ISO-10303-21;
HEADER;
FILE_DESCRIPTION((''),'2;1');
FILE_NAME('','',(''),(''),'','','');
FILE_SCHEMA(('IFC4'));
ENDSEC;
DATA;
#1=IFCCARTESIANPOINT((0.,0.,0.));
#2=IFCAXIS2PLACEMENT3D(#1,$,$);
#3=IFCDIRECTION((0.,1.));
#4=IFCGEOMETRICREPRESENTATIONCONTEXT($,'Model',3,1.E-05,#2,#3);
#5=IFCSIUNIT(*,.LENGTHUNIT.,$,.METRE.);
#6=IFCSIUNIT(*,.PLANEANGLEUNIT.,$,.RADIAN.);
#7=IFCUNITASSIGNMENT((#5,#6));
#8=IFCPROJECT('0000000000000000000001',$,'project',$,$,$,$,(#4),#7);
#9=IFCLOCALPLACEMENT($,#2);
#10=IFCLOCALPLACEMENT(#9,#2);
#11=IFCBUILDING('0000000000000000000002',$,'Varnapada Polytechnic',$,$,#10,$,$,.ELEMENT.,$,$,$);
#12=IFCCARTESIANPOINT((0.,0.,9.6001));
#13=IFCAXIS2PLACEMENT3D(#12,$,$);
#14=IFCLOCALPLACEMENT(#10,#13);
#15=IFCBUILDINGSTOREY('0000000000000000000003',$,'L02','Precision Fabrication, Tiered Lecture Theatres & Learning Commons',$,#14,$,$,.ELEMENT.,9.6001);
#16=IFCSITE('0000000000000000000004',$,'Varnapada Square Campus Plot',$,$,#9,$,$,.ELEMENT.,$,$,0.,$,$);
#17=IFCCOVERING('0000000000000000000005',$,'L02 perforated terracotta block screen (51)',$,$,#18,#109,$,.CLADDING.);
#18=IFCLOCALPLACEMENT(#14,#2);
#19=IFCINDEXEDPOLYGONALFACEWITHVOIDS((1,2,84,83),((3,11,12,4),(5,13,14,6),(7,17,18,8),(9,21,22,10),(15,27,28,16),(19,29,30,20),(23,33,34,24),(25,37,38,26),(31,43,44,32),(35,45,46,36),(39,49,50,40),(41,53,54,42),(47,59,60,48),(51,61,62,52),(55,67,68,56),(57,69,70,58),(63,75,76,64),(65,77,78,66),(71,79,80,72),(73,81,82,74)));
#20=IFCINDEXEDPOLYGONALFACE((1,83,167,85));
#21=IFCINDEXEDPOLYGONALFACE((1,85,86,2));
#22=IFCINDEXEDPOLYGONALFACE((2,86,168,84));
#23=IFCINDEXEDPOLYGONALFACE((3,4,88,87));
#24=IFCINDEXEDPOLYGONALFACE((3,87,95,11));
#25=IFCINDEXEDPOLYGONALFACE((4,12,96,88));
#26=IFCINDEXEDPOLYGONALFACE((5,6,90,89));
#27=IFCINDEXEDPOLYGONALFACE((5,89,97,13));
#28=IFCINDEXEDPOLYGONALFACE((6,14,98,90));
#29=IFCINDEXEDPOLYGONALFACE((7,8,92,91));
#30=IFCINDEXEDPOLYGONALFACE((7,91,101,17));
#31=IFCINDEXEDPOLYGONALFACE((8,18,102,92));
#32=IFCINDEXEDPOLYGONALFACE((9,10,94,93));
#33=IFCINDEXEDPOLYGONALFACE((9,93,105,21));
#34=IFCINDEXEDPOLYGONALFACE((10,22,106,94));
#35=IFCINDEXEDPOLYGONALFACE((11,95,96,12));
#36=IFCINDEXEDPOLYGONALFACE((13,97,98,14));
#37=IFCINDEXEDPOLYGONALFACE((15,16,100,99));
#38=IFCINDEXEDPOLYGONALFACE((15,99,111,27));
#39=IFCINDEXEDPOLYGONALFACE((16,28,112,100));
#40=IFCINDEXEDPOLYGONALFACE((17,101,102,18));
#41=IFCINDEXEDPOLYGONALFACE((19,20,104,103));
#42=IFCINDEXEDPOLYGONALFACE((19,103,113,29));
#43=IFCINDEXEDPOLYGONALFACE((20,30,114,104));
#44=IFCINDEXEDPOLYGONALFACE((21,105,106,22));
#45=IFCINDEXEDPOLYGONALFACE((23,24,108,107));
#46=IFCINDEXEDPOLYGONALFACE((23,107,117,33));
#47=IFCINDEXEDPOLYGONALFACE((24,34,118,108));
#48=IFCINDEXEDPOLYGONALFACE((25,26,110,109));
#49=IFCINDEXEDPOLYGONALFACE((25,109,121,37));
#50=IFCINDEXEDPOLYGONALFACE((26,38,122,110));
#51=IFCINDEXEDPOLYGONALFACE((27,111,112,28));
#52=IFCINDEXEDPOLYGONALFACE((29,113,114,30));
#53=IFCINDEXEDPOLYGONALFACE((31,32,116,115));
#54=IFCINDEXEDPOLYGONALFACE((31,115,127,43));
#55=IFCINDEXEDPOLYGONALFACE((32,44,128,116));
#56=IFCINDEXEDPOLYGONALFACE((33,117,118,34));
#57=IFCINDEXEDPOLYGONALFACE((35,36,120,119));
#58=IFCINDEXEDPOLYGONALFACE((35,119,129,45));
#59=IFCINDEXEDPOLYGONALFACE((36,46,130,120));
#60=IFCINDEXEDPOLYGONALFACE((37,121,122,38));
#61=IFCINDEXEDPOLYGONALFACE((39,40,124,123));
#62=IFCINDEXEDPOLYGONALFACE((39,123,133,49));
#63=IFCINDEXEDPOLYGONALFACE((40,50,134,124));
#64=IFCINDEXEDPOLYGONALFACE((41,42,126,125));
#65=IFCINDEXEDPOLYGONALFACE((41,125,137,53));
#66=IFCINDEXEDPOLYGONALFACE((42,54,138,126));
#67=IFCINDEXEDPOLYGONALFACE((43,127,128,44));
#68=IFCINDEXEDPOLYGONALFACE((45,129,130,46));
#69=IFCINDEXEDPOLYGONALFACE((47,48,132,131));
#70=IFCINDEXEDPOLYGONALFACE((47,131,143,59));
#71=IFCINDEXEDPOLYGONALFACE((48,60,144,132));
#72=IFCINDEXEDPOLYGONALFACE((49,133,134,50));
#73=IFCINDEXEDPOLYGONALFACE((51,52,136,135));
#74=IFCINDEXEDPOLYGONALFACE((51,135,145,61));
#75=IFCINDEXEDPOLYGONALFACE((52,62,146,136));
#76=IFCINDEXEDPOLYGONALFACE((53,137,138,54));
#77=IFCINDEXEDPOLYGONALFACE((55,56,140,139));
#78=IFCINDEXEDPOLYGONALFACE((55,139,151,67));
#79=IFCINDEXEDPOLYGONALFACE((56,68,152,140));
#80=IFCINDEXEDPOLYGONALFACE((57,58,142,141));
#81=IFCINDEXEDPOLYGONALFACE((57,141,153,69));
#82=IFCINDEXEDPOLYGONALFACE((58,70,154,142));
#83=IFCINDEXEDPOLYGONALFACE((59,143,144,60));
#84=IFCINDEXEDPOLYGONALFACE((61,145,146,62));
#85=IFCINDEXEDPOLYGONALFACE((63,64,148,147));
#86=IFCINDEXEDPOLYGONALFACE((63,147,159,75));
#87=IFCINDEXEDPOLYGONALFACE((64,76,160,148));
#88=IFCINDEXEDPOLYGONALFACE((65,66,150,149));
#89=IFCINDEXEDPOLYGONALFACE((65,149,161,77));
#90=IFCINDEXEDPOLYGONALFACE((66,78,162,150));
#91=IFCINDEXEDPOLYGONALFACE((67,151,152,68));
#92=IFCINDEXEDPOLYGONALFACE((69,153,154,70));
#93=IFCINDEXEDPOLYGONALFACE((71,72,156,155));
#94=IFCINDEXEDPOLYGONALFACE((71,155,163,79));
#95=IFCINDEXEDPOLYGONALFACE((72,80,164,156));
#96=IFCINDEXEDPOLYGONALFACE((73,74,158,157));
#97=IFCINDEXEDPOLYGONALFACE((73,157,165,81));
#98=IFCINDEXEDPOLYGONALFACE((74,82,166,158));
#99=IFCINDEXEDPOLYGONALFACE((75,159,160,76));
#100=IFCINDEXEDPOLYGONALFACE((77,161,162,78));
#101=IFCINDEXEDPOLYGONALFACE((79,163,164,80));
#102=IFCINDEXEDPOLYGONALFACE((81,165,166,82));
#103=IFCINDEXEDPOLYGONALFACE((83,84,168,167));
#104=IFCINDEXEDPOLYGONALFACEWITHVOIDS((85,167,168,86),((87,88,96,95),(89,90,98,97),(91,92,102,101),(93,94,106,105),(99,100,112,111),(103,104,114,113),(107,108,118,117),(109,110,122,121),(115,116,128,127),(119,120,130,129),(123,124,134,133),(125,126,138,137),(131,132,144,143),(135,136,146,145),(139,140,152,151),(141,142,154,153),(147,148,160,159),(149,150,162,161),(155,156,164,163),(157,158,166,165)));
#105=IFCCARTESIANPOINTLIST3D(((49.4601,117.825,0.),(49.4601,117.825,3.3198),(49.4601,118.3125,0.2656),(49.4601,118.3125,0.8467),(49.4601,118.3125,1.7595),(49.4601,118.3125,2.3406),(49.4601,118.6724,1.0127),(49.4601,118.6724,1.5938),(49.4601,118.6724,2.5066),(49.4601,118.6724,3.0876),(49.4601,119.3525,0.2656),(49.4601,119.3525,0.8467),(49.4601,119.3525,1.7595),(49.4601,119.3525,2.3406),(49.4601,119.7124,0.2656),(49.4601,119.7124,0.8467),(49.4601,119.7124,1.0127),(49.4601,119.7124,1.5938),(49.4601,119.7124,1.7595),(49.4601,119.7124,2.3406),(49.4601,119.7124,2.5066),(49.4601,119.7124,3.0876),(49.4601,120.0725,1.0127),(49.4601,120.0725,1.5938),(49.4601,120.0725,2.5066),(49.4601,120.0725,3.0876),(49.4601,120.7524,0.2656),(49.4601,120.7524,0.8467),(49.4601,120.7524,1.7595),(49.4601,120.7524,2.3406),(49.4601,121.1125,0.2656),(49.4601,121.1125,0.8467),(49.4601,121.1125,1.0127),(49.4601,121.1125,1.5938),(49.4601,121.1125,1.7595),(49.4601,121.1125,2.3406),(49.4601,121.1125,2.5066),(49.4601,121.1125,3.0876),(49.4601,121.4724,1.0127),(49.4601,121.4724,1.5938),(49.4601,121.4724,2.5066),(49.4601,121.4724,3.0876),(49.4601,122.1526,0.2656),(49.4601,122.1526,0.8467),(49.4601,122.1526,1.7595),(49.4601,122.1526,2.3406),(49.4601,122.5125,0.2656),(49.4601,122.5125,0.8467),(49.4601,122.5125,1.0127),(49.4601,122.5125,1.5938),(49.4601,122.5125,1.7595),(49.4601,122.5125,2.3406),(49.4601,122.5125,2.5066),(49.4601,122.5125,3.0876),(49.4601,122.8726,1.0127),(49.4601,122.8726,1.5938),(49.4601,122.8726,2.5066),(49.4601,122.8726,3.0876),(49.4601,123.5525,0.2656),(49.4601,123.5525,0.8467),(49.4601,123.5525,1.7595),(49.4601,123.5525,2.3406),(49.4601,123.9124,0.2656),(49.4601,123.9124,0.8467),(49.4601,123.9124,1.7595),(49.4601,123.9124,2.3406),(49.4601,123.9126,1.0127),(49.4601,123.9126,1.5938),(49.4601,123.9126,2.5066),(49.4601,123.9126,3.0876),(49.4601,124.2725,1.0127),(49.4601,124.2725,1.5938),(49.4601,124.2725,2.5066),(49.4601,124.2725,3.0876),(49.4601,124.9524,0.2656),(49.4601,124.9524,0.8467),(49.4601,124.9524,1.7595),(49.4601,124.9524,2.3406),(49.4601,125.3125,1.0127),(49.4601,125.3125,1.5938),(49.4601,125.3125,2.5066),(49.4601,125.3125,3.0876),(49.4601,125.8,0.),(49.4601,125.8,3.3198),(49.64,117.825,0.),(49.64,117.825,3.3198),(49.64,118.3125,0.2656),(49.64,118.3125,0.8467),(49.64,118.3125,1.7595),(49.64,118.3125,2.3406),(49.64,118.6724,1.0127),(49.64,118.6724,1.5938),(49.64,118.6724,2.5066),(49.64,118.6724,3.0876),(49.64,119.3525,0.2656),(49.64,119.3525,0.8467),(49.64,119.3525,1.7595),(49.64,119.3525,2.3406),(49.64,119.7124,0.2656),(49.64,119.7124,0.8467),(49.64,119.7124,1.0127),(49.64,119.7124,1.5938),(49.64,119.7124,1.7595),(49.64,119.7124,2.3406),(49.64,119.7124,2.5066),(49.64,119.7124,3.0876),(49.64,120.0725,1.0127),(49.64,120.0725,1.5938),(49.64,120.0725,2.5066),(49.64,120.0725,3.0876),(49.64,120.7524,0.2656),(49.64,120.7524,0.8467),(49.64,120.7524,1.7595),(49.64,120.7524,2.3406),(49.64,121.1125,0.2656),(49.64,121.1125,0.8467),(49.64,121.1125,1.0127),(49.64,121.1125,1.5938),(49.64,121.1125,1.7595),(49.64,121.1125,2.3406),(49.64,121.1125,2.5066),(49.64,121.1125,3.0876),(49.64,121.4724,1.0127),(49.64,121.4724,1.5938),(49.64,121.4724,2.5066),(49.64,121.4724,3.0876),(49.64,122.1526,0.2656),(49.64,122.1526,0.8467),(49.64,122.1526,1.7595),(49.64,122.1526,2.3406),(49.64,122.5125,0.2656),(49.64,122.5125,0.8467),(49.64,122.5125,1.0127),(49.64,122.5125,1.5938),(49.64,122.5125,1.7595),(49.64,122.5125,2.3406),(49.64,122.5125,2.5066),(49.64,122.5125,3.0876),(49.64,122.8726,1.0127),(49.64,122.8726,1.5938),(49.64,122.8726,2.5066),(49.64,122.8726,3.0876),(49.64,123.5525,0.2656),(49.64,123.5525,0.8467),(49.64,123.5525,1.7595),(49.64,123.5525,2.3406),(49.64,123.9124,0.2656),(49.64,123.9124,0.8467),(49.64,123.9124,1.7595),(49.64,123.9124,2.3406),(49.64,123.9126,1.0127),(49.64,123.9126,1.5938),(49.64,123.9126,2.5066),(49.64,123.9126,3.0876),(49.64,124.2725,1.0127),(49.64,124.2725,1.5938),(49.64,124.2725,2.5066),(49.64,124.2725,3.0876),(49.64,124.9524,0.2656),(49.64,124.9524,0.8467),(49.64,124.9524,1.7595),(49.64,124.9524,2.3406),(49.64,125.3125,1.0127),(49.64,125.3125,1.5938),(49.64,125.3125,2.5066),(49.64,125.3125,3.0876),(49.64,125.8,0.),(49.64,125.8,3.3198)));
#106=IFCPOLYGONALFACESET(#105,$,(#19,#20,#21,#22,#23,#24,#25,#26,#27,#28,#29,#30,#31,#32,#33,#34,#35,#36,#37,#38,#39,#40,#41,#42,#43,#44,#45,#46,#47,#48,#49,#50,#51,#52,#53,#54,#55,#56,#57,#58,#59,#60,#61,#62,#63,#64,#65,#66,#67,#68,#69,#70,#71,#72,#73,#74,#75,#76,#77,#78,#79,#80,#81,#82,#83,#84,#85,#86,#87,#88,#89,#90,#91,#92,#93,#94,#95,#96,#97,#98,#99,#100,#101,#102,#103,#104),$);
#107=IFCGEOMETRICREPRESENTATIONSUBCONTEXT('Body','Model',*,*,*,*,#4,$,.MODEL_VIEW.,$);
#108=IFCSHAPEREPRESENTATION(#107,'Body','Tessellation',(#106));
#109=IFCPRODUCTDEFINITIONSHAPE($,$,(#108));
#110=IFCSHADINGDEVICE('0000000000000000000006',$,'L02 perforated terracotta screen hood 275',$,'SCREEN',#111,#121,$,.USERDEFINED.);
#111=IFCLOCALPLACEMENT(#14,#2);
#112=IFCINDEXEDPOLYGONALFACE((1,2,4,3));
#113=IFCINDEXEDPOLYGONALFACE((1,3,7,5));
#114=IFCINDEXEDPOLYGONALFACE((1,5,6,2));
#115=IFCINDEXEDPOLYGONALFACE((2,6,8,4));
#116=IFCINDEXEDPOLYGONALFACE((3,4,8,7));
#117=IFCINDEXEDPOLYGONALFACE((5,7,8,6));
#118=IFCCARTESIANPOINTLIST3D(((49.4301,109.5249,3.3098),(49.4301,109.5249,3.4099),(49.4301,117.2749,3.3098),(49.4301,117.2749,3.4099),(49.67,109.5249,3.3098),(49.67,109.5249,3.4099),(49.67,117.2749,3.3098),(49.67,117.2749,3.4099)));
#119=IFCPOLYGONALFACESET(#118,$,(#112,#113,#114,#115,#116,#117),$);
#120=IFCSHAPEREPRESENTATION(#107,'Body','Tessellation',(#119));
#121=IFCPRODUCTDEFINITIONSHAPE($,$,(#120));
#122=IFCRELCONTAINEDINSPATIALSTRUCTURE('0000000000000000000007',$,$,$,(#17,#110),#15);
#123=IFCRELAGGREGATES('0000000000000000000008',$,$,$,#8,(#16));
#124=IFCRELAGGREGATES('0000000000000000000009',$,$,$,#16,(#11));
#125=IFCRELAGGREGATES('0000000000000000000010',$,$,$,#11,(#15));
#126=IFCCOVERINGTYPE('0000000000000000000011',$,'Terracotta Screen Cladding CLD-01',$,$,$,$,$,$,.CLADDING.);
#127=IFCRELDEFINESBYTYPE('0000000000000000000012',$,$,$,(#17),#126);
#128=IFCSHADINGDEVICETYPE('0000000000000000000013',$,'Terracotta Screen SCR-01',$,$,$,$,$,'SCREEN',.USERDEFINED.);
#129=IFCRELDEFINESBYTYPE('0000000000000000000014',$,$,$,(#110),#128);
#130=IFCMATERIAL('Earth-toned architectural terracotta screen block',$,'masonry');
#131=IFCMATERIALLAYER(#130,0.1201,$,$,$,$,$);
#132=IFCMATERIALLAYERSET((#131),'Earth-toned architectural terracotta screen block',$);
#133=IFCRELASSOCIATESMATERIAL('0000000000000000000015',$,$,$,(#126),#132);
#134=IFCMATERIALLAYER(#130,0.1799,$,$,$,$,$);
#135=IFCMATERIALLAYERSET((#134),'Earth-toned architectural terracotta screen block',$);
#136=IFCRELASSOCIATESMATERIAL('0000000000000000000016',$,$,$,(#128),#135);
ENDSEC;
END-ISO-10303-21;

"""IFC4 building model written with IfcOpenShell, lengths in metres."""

from ifc_helpers import new_model, si_unit, direction, frame, frame_2d, origin, origin_2d, place, context, subcontext, project, spatial, rectangle, extrude, material, layer, layer_set, type_object, element, save


model = new_model("IFC4")

# Units and contexts
model_context = context("Model", 3, precision=1e-05, world=origin(), true_north=direction((0.0, 1.0)))
body_context = subcontext(model_context, "Body", "Model", "MODEL_VIEW")
ifc_project = project(units=[si_unit("LENGTHUNIT", "METRE"), si_unit("PLANEANGLEUNIT", "RADIAN")], contexts=[model_context])

# Site, building, storey
site_placement = place(None, origin())
site = spatial("IfcSite", under=ifc_project, at=site_placement, Name="Varnapada Square Campus Plot", CompositionType="ELEMENT", RefElevation=0.0)
building_placement = place(site_placement, origin())
building = spatial("IfcBuilding", under=site, at=building_placement, Name="Varnapada Polytechnic", CompositionType="ELEMENT")
storey_placement = place(building_placement, frame((0.0, 0.0, 9.6001)))
storey = spatial("IfcBuildingStorey", under=building, at=storey_placement, Name="L02", Description="Precision Fabrication, Tiered Lecture Theatres & Learning Commons", CompositionType="ELEMENT", Elevation=9.6001)

# Covering, openings
ifc_material_1 = material(Name="Earth-toned architectural terracotta screen block", Category="masonry")
ifc_layer_1 = layer(ifc_material_1, 0.1201)
ifc_layer_set_1 = layer_set([ifc_layer_1], Name="Earth-toned architectural terracotta screen block")
covering_type = type_object("IfcCoveringType", Name="Terracotta Screen Cladding CLD-01", PredefinedType="CLADDING", material=ifc_layer_set_1)
covering_placement = place(storey_placement, frame((49.55, 117.825, 0.0), z_axis=(0.0, 0.0, 1.0), x_axis=(0.0, 1.0, 0.0)))
covering = element("IfcCovering", 1, at=covering_placement, inside=storey, type_object=covering_type, Name="L02 perforated terracotta block screen (51)", PredefinedType="CLADDING", context=body_context, shape_type="SweptSolid", body=[
    extrude(rectangle(XDim=7.9751, YDim=0.1799, at=frame_2d((3.9875, 0.0))), origin(), (0.0, 0.0, 1.0), 3.3198),
])
opening_1_placement = place(covering_placement, frame((0.4875, 0.0, 0.2656)))
element("IfcOpeningElement", 2, at=opening_1_placement, cuts=covering, PredefinedType="OPENING", context=body_context, shape_type="SweptSolid", body=[
    extrude(rectangle(XDim=1.04, YDim=0.5811, at=frame_2d((0.52, 0.2905))), frame((0.0, 0.0999, 0.0), z_axis=(0.0, -1.0, 0.0), x_axis=(1.0, 0.0, 0.0)), (0.0, 0.0, 1.0), 0.2),
])
opening_2_placement = place(covering_placement, frame((1.8875, 0.0, 0.2656)))
element("IfcOpeningElement", 3, at=opening_2_placement, cuts=covering, PredefinedType="OPENING", context=body_context, shape_type="SweptSolid", body=[
    extrude(rectangle(XDim=1.04, YDim=0.5811, at=frame_2d((0.52, 0.2905))), frame((0.0, 0.0999, 0.0), z_axis=(0.0, -1.0, 0.0), x_axis=(1.0, 0.0, 0.0)), (0.0, 0.0, 1.0), 0.2),
])
opening_3_placement = place(covering_placement, frame((3.2876, 0.0, 0.2656)))
element("IfcOpeningElement", 4, at=opening_3_placement, cuts=covering, PredefinedType="OPENING", context=body_context, shape_type="SweptSolid", body=[
    extrude(rectangle(XDim=1.04, YDim=0.5811, at=frame_2d((0.52, 0.2905))), frame((0.0, 0.0999, 0.0), z_axis=(0.0, -1.0, 0.0), x_axis=(1.0, 0.0, 0.0)), (0.0, 0.0, 1.0), 0.2),
])
opening_4_placement = place(covering_placement, frame((4.6875, 0.0, 0.2656)))
element("IfcOpeningElement", 5, at=opening_4_placement, cuts=covering, PredefinedType="OPENING", context=body_context, shape_type="SweptSolid", body=[
    extrude(rectangle(XDim=1.04, YDim=0.5811, at=frame_2d((0.52, 0.2905))), frame((0.0, 0.0999, 0.0), z_axis=(0.0, -1.0, 0.0), x_axis=(1.0, 0.0, 0.0)), (0.0, 0.0, 1.0), 0.2),
])
opening_5_placement = place(covering_placement, frame((6.0874, 0.0, 0.2656)))
element("IfcOpeningElement", 6, at=opening_5_placement, cuts=covering, PredefinedType="OPENING", context=body_context, shape_type="SweptSolid", body=[
    extrude(rectangle(XDim=1.04, YDim=0.5811, at=frame_2d((0.52, 0.2905))), frame((0.0, 0.0999, 0.0), z_axis=(0.0, -1.0, 0.0), x_axis=(1.0, 0.0, 0.0)), (0.0, 0.0, 1.0), 0.2),
])
opening_6_placement = place(covering_placement, frame((0.8474, 0.0, 1.0127)))
element("IfcOpeningElement", 7, at=opening_6_placement, cuts=covering, PredefinedType="OPENING", context=body_context, shape_type="SweptSolid", body=[
    extrude(rectangle(XDim=1.04, YDim=0.5811, at=frame_2d((0.52, 0.2905))), frame((0.0, 0.0999, 0.0), z_axis=(0.0, -1.0, 0.0), x_axis=(1.0, 0.0, 0.0)), (0.0, 0.0, 1.0), 0.2),
])
opening_7_placement = place(covering_placement, frame((2.2476, 0.0, 1.0127)))
element("IfcOpeningElement", 8, at=opening_7_placement, cuts=covering, PredefinedType="OPENING", context=body_context, shape_type="SweptSolid", body=[
    extrude(rectangle(XDim=1.04, YDim=0.5811, at=frame_2d((0.52, 0.2905))), frame((0.0, 0.0999, 0.0), z_axis=(0.0, -1.0, 0.0), x_axis=(1.0, 0.0, 0.0)), (0.0, 0.0, 1.0), 0.2),
])
opening_8_placement = place(covering_placement, frame((3.6475, 0.0, 1.0127)))
element("IfcOpeningElement", 9, at=opening_8_placement, cuts=covering, PredefinedType="OPENING", context=body_context, shape_type="SweptSolid", body=[
    extrude(rectangle(XDim=1.04, YDim=0.5811, at=frame_2d((0.52, 0.2905))), frame((0.0, 0.0999, 0.0), z_axis=(0.0, -1.0, 0.0), x_axis=(1.0, 0.0, 0.0)), (0.0, 0.0, 1.0), 0.2),
])
opening_9_placement = place(covering_placement, frame((5.0476, 0.0, 1.0127)))
element("IfcOpeningElement", 10, at=opening_9_placement, cuts=covering, PredefinedType="OPENING", context=body_context, shape_type="SweptSolid", body=[
    extrude(rectangle(XDim=1.04, YDim=0.5811, at=frame_2d((0.52, 0.2905))), frame((0.0, 0.0999, 0.0), z_axis=(0.0, -1.0, 0.0), x_axis=(1.0, 0.0, 0.0)), (0.0, 0.0, 1.0), 0.2),
])
opening_10_placement = place(covering_placement, frame((6.4475, 0.0, 1.0127)))
element("IfcOpeningElement", 11, at=opening_10_placement, cuts=covering, PredefinedType="OPENING", context=body_context, shape_type="SweptSolid", body=[
    extrude(rectangle(XDim=1.04, YDim=0.5811, at=frame_2d((0.52, 0.2905))), frame((0.0, 0.0999, 0.0), z_axis=(0.0, -1.0, 0.0), x_axis=(1.0, 0.0, 0.0)), (0.0, 0.0, 1.0), 0.2),
])
opening_11_placement = place(covering_placement, frame((0.4875, 0.0, 1.7595)))
element("IfcOpeningElement", 12, at=opening_11_placement, cuts=covering, PredefinedType="OPENING", context=body_context, shape_type="SweptSolid", body=[
    extrude(rectangle(XDim=1.04, YDim=0.5811, at=frame_2d((0.52, 0.2905))), frame((0.0, 0.0999, 0.0), z_axis=(0.0, -1.0, 0.0), x_axis=(1.0, 0.0, 0.0)), (0.0, 0.0, 1.0), 0.2),
])
opening_12_placement = place(covering_placement, frame((1.8875, 0.0, 1.7595)))
element("IfcOpeningElement", 13, at=opening_12_placement, cuts=covering, PredefinedType="OPENING", context=body_context, shape_type="SweptSolid", body=[
    extrude(rectangle(XDim=1.04, YDim=0.5811, at=frame_2d((0.52, 0.2905))), frame((0.0, 0.0999, 0.0), z_axis=(0.0, -1.0, 0.0), x_axis=(1.0, 0.0, 0.0)), (0.0, 0.0, 1.0), 0.2),
])
opening_13_placement = place(covering_placement, frame((3.2876, 0.0, 1.7595)))
element("IfcOpeningElement", 14, at=opening_13_placement, cuts=covering, PredefinedType="OPENING", context=body_context, shape_type="SweptSolid", body=[
    extrude(rectangle(XDim=1.04, YDim=0.5811, at=frame_2d((0.52, 0.2905))), frame((0.0, 0.0999, 0.0), z_axis=(0.0, -1.0, 0.0), x_axis=(1.0, 0.0, 0.0)), (0.0, 0.0, 1.0), 0.2),
])
opening_14_placement = place(covering_placement, frame((4.6875, 0.0, 1.7595)))
element("IfcOpeningElement", 15, at=opening_14_placement, cuts=covering, PredefinedType="OPENING", context=body_context, shape_type="SweptSolid", body=[
    extrude(rectangle(XDim=1.04, YDim=0.5811, at=frame_2d((0.52, 0.2905))), frame((0.0, 0.0999, 0.0), z_axis=(0.0, -1.0, 0.0), x_axis=(1.0, 0.0, 0.0)), (0.0, 0.0, 1.0), 0.2),
])
opening_15_placement = place(covering_placement, frame((6.0874, 0.0, 1.7595)))
element("IfcOpeningElement", 16, at=opening_15_placement, cuts=covering, PredefinedType="OPENING", context=body_context, shape_type="SweptSolid", body=[
    extrude(rectangle(XDim=1.04, YDim=0.5811, at=frame_2d((0.52, 0.2905))), frame((0.0, 0.0999, 0.0), z_axis=(0.0, -1.0, 0.0), x_axis=(1.0, 0.0, 0.0)), (0.0, 0.0, 1.0), 0.2),
])
opening_16_placement = place(covering_placement, frame((0.8474, 0.0, 2.5066)))
element("IfcOpeningElement", 17, at=opening_16_placement, cuts=covering, PredefinedType="OPENING", context=body_context, shape_type="SweptSolid", body=[
    extrude(rectangle(XDim=1.04, YDim=0.5811, at=frame_2d((0.52, 0.2905))), frame((0.0, 0.0999, 0.0), z_axis=(0.0, -1.0, 0.0), x_axis=(1.0, 0.0, 0.0)), (0.0, 0.0, 1.0), 0.2),
])
opening_17_placement = place(covering_placement, frame((2.2476, 0.0, 2.5066)))
element("IfcOpeningElement", 18, at=opening_17_placement, cuts=covering, PredefinedType="OPENING", context=body_context, shape_type="SweptSolid", body=[
    extrude(rectangle(XDim=1.04, YDim=0.5811, at=frame_2d((0.52, 0.2905))), frame((0.0, 0.0999, 0.0), z_axis=(0.0, -1.0, 0.0), x_axis=(1.0, 0.0, 0.0)), (0.0, 0.0, 1.0), 0.2),
])
opening_18_placement = place(covering_placement, frame((3.6475, 0.0, 2.5066)))
element("IfcOpeningElement", 19, at=opening_18_placement, cuts=covering, PredefinedType="OPENING", context=body_context, shape_type="SweptSolid", body=[
    extrude(rectangle(XDim=1.04, YDim=0.5811, at=frame_2d((0.52, 0.2905))), frame((0.0, 0.0999, 0.0), z_axis=(0.0, -1.0, 0.0), x_axis=(1.0, 0.0, 0.0)), (0.0, 0.0, 1.0), 0.2),
])
opening_19_placement = place(covering_placement, frame((5.0476, 0.0, 2.5066)))
element("IfcOpeningElement", 20, at=opening_19_placement, cuts=covering, PredefinedType="OPENING", context=body_context, shape_type="SweptSolid", body=[
    extrude(rectangle(XDim=1.04, YDim=0.5811, at=frame_2d((0.52, 0.2905))), frame((0.0, 0.0999, 0.0), z_axis=(0.0, -1.0, 0.0), x_axis=(1.0, 0.0, 0.0)), (0.0, 0.0, 1.0), 0.2),
])
opening_20_placement = place(covering_placement, frame((6.4475, 0.0, 2.5066)))
element("IfcOpeningElement", 21, at=opening_20_placement, cuts=covering, PredefinedType="OPENING", context=body_context, shape_type="SweptSolid", body=[
    extrude(rectangle(XDim=1.04, YDim=0.5811, at=frame_2d((0.52, 0.2905))), frame((0.0, 0.0999, 0.0), z_axis=(0.0, -1.0, 0.0), x_axis=(1.0, 0.0, 0.0)), (0.0, 0.0, 1.0), 0.2),
])

# Shading device
ifc_layer_2 = layer(ifc_material_1, 0.1799)
ifc_layer_set_2 = layer_set([ifc_layer_2], Name="Earth-toned architectural terracotta screen block")
shading_device_type = type_object("IfcShadingDeviceType", Name="Terracotta Screen SCR-01", ElementType="SCREEN", PredefinedType="USERDEFINED", material=ifc_layer_set_2)
shading_device_1_placement = place(storey_placement, frame((49.55, 113.3999, 3.3098), z_axis=(0.0, 0.0, 1.0), x_axis=(0.0, 1.0, 0.0)))
element("IfcShadingDevice", 22, at=shading_device_1_placement, inside=storey, type_object=shading_device_type, Name="L02 perforated terracotta screen hood 275", ObjectType="SCREEN", PredefinedType="USERDEFINED", context=body_context, shape_type="SweptSolid", body=[
    extrude(rectangle(XDim=7.75, YDim=0.24, at=origin_2d()), origin(), (0.0, 0.0, 1.0), 0.1001),
])

save(model, "model.ifc")
